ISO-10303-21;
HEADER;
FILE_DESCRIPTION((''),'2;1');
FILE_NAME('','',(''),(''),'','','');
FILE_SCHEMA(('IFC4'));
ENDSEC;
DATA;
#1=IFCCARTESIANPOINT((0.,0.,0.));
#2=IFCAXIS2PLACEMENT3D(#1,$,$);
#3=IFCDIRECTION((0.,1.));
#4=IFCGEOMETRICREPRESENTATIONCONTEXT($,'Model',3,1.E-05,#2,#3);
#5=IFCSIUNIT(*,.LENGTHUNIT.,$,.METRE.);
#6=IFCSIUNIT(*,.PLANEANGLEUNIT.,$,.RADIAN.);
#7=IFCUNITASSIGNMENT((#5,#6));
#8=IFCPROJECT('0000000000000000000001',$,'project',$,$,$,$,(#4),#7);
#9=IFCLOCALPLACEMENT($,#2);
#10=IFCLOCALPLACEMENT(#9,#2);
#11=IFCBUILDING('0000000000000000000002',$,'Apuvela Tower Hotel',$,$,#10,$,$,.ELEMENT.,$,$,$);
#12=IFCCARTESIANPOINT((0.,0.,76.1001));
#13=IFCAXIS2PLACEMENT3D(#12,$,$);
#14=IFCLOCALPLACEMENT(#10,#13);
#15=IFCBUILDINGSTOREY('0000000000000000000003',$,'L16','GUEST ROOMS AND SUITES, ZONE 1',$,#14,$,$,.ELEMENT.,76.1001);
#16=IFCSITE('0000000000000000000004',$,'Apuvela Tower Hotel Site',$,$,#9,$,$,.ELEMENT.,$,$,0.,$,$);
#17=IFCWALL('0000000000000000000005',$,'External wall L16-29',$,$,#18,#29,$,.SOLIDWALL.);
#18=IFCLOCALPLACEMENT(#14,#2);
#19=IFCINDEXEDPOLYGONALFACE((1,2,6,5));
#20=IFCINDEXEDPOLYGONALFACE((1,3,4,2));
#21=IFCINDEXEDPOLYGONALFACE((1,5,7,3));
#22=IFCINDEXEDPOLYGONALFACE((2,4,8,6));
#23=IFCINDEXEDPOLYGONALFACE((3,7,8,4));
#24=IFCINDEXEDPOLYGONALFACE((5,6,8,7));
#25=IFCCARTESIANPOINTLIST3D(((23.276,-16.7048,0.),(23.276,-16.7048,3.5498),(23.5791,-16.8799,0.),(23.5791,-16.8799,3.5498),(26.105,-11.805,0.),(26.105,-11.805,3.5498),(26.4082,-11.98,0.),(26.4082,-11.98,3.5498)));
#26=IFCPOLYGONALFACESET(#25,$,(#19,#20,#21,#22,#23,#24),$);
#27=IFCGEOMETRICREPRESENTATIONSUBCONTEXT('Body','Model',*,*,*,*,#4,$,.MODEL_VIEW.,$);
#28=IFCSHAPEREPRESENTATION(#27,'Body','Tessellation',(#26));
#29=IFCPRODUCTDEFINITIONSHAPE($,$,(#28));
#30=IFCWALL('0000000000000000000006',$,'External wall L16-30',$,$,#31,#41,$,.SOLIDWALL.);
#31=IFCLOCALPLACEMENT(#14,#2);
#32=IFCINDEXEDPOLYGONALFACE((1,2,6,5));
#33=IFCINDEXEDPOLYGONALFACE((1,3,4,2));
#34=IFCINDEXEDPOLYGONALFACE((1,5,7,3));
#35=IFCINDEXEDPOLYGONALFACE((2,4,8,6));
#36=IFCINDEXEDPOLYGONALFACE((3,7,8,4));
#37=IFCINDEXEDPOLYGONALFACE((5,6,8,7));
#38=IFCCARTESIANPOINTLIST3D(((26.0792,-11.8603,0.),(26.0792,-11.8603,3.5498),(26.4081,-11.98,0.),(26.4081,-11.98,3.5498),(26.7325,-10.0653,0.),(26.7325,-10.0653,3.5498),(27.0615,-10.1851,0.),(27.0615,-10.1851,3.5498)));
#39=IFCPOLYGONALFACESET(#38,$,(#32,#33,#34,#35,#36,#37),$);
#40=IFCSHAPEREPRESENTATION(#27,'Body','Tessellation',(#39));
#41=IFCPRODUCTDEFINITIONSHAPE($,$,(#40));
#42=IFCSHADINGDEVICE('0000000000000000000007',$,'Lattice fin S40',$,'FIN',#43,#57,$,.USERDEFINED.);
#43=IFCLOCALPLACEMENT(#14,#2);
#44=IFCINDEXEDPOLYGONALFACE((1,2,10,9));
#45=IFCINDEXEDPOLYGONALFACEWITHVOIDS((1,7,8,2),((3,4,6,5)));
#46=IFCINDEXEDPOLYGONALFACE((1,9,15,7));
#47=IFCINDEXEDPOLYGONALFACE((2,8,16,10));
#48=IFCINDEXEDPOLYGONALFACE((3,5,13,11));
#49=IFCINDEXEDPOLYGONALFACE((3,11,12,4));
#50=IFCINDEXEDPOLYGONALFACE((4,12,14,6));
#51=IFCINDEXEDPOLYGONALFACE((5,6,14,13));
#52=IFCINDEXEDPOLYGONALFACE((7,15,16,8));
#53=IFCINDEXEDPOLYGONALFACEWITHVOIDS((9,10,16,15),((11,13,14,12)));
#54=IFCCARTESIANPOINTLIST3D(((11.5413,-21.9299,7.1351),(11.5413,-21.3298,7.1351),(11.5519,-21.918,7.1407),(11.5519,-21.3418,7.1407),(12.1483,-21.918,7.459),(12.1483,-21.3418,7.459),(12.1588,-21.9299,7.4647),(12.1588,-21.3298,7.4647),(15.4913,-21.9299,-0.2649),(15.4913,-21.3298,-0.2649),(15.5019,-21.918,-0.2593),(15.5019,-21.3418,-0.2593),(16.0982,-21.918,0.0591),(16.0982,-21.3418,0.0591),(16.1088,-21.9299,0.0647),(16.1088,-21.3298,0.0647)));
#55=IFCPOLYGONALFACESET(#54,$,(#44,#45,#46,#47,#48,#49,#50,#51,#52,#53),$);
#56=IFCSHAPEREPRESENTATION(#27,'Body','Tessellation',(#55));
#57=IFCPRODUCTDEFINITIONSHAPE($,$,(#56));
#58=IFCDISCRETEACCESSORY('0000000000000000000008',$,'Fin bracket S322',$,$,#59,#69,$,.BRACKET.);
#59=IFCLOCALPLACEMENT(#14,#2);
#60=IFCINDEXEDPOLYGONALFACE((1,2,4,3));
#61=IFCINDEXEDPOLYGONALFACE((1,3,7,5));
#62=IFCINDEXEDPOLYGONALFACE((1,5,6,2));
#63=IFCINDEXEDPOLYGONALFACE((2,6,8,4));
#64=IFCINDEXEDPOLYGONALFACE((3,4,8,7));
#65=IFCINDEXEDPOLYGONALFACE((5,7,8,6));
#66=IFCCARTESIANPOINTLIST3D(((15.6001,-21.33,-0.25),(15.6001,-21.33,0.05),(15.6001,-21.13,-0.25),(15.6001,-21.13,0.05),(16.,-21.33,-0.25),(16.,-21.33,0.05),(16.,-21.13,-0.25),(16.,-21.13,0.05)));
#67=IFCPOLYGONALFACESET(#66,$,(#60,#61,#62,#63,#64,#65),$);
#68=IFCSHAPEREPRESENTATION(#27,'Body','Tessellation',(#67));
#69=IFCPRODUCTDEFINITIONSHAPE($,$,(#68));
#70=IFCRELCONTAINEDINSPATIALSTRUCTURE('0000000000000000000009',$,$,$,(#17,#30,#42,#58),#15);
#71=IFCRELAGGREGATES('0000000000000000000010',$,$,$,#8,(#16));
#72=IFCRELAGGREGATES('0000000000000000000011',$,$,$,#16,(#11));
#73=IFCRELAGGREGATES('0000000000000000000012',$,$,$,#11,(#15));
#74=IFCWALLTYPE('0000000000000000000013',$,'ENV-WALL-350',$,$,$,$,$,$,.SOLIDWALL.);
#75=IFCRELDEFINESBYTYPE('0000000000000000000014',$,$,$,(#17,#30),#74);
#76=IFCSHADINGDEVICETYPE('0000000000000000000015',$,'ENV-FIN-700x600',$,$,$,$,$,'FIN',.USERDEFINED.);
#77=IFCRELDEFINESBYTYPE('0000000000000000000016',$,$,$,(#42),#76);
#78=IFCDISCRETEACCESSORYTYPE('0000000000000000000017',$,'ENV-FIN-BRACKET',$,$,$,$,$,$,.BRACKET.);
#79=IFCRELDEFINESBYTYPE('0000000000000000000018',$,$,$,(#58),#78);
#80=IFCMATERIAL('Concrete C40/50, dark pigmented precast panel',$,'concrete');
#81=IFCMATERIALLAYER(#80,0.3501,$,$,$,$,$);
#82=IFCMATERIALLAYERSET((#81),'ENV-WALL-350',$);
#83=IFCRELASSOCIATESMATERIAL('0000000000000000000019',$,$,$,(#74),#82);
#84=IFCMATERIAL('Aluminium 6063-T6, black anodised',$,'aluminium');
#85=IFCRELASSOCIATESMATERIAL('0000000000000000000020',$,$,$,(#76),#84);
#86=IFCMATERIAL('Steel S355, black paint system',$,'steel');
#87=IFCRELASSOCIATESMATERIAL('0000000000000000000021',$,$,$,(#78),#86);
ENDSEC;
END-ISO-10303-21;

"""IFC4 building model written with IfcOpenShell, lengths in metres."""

from ifc_helpers import new_model, si_unit, direction, frame, frame_2d, origin, origin_2d, place, context, subcontext, project, spatial, rectangle, hollow_rectangle, extrude, material, layer, layer_set, material_profile, profile_set, type_object, element, save


model = new_model("IFC4")

# Units and contexts
model_context = context("Model", 3, precision=1e-05, world=origin(), true_north=direction((0.0, 1.0)))
body_context = subcontext(model_context, "Body", "Model", "MODEL_VIEW")
ifc_project = project(units=[si_unit("LENGTHUNIT", "METRE"), si_unit("PLANEANGLEUNIT", "RADIAN")], contexts=[model_context])

# Site, building, storey
site_placement = place(None, origin())
site = spatial("IfcSite", under=ifc_project, at=site_placement, Name="Apuvela Tower Hotel Site", CompositionType="ELEMENT", RefElevation=0.0)
building_placement = place(site_placement, origin())
building = spatial("IfcBuilding", under=site, at=building_placement, Name="Apuvela Tower Hotel", CompositionType="ELEMENT")
storey_placement = place(building_placement, frame((0.0, 0.0, 76.1001)))
storey = spatial("IfcBuildingStorey", under=building, at=storey_placement, Name="L16", Description="GUEST ROOMS AND SUITES, ZONE 1", CompositionType="ELEMENT", Elevation=76.1001)

# Shared definitions
ifc_material_1 = material(Name="Concrete C40/50, dark pigmented precast panel", Category="concrete")
ifc_layer_1 = layer(ifc_material_1, 0.3501)
ifc_layer_set_1 = layer_set([ifc_layer_1], Name="ENV-WALL-350")
wall_type_1 = type_object("IfcWallType", Name="ENV-WALL-350", PredefinedType="SOLIDWALL", material=ifc_layer_set_1)

# Walls
wall_1_placement = place(storey_placement, frame((23.4275, -16.7925, 0.0), z_axis=(0.0, 0.0, 1.0), x_axis=(0.500019, 0.866015, 0.0)))
element("IfcWall", 1, at=wall_1_placement, inside=storey, type_object=wall_type_1, Name="External wall L16-29", PredefinedType="SOLIDWALL", context=body_context, shape_type="SweptSolid", body=[
    extrude(rectangle(XDim=5.658, YDim=0.3501, at=frame_2d((2.8291, 0.0))), origin(), (0.0, 0.0, 1.0), 3.5498),
])
wall_2_placement = place(storey_placement, frame((26.2437, -11.9202, 0.0), z_axis=(0.0, 0.0, 1.0), x_axis=(0.34203, 0.939689, 0.0)))
element("IfcWall", 2, at=wall_2_placement, inside=storey, type_object=wall_type_1, Name="External wall L16-30", PredefinedType="SOLIDWALL", context=body_context, shape_type="SweptSolid", body=[
    extrude(rectangle(XDim=1.9102, YDim=0.3501, at=frame_2d((0.9551, 0.0))), origin(), (0.0, 0.0, 1.0), 3.5498),
])

# Shading device
ifc_material_2 = material(Name="Aluminium 6063-T6, black anodised", Category="aluminium")
ifc_material_profile_1 = material_profile(ifc_material_2, hollow_rectangle(XDim=0.6001, YDim=0.7, WallThickness=0.012, at=origin_2d()), Name="AL BOX 700x600x12")
ifc_profile_set_1 = profile_set([ifc_material_profile_1], Name="Aluminium 6063-T6, black anodised")
shading_device_type = type_object("IfcShadingDeviceType", Name="ENV-FIN-700x600", ElementType="FIN", PredefinedType="USERDEFINED", material=ifc_profile_set_1)
shading_device_placement = place(storey_placement, frame((15.8, -21.6299, -0.1001), z_axis=(-0.470898, 0.0, 0.882188), x_axis=(0.0, -1.0, 0.0)))
element("IfcShadingDevice", 3, at=shading_device_placement, inside=storey, type_object=shading_device_type, Name="Lattice fin S40", ObjectType="FIN", PredefinedType="USERDEFINED", context=body_context, shape_type="SweptSolid", body=[
    extrude(hollow_rectangle(XDim=0.6001, YDim=0.7, WallThickness=0.012, at=origin_2d()), origin(), (0.0, 0.0, 1.0), 8.3882),
])

# Discrete accessory
ifc_material_3 = material(Name="Steel S355, black paint system", Category="steel")
discrete_accessory_type = type_object("IfcDiscreteAccessoryType", Name="ENV-FIN-BRACKET", PredefinedType="BRACKET", material=ifc_material_3)
discrete_accessory_placement = place(storey_placement, frame((15.8, -21.23, -0.25), z_axis=(0.0, 0.0, 1.0), x_axis=(1.0, 0.0, 0.0)))
element("IfcDiscreteAccessory", 4, at=discrete_accessory_placement, inside=storey, type_object=discrete_accessory_type, Name="Fin bracket S322", PredefinedType="BRACKET", context=body_context, shape_type="SweptSolid", body=[
    extrude(rectangle(XDim=0.3999, YDim=0.2, at=origin_2d()), origin(), (0.0, 0.0, 1.0), 0.3),
])

save(model, "model.ifc")
